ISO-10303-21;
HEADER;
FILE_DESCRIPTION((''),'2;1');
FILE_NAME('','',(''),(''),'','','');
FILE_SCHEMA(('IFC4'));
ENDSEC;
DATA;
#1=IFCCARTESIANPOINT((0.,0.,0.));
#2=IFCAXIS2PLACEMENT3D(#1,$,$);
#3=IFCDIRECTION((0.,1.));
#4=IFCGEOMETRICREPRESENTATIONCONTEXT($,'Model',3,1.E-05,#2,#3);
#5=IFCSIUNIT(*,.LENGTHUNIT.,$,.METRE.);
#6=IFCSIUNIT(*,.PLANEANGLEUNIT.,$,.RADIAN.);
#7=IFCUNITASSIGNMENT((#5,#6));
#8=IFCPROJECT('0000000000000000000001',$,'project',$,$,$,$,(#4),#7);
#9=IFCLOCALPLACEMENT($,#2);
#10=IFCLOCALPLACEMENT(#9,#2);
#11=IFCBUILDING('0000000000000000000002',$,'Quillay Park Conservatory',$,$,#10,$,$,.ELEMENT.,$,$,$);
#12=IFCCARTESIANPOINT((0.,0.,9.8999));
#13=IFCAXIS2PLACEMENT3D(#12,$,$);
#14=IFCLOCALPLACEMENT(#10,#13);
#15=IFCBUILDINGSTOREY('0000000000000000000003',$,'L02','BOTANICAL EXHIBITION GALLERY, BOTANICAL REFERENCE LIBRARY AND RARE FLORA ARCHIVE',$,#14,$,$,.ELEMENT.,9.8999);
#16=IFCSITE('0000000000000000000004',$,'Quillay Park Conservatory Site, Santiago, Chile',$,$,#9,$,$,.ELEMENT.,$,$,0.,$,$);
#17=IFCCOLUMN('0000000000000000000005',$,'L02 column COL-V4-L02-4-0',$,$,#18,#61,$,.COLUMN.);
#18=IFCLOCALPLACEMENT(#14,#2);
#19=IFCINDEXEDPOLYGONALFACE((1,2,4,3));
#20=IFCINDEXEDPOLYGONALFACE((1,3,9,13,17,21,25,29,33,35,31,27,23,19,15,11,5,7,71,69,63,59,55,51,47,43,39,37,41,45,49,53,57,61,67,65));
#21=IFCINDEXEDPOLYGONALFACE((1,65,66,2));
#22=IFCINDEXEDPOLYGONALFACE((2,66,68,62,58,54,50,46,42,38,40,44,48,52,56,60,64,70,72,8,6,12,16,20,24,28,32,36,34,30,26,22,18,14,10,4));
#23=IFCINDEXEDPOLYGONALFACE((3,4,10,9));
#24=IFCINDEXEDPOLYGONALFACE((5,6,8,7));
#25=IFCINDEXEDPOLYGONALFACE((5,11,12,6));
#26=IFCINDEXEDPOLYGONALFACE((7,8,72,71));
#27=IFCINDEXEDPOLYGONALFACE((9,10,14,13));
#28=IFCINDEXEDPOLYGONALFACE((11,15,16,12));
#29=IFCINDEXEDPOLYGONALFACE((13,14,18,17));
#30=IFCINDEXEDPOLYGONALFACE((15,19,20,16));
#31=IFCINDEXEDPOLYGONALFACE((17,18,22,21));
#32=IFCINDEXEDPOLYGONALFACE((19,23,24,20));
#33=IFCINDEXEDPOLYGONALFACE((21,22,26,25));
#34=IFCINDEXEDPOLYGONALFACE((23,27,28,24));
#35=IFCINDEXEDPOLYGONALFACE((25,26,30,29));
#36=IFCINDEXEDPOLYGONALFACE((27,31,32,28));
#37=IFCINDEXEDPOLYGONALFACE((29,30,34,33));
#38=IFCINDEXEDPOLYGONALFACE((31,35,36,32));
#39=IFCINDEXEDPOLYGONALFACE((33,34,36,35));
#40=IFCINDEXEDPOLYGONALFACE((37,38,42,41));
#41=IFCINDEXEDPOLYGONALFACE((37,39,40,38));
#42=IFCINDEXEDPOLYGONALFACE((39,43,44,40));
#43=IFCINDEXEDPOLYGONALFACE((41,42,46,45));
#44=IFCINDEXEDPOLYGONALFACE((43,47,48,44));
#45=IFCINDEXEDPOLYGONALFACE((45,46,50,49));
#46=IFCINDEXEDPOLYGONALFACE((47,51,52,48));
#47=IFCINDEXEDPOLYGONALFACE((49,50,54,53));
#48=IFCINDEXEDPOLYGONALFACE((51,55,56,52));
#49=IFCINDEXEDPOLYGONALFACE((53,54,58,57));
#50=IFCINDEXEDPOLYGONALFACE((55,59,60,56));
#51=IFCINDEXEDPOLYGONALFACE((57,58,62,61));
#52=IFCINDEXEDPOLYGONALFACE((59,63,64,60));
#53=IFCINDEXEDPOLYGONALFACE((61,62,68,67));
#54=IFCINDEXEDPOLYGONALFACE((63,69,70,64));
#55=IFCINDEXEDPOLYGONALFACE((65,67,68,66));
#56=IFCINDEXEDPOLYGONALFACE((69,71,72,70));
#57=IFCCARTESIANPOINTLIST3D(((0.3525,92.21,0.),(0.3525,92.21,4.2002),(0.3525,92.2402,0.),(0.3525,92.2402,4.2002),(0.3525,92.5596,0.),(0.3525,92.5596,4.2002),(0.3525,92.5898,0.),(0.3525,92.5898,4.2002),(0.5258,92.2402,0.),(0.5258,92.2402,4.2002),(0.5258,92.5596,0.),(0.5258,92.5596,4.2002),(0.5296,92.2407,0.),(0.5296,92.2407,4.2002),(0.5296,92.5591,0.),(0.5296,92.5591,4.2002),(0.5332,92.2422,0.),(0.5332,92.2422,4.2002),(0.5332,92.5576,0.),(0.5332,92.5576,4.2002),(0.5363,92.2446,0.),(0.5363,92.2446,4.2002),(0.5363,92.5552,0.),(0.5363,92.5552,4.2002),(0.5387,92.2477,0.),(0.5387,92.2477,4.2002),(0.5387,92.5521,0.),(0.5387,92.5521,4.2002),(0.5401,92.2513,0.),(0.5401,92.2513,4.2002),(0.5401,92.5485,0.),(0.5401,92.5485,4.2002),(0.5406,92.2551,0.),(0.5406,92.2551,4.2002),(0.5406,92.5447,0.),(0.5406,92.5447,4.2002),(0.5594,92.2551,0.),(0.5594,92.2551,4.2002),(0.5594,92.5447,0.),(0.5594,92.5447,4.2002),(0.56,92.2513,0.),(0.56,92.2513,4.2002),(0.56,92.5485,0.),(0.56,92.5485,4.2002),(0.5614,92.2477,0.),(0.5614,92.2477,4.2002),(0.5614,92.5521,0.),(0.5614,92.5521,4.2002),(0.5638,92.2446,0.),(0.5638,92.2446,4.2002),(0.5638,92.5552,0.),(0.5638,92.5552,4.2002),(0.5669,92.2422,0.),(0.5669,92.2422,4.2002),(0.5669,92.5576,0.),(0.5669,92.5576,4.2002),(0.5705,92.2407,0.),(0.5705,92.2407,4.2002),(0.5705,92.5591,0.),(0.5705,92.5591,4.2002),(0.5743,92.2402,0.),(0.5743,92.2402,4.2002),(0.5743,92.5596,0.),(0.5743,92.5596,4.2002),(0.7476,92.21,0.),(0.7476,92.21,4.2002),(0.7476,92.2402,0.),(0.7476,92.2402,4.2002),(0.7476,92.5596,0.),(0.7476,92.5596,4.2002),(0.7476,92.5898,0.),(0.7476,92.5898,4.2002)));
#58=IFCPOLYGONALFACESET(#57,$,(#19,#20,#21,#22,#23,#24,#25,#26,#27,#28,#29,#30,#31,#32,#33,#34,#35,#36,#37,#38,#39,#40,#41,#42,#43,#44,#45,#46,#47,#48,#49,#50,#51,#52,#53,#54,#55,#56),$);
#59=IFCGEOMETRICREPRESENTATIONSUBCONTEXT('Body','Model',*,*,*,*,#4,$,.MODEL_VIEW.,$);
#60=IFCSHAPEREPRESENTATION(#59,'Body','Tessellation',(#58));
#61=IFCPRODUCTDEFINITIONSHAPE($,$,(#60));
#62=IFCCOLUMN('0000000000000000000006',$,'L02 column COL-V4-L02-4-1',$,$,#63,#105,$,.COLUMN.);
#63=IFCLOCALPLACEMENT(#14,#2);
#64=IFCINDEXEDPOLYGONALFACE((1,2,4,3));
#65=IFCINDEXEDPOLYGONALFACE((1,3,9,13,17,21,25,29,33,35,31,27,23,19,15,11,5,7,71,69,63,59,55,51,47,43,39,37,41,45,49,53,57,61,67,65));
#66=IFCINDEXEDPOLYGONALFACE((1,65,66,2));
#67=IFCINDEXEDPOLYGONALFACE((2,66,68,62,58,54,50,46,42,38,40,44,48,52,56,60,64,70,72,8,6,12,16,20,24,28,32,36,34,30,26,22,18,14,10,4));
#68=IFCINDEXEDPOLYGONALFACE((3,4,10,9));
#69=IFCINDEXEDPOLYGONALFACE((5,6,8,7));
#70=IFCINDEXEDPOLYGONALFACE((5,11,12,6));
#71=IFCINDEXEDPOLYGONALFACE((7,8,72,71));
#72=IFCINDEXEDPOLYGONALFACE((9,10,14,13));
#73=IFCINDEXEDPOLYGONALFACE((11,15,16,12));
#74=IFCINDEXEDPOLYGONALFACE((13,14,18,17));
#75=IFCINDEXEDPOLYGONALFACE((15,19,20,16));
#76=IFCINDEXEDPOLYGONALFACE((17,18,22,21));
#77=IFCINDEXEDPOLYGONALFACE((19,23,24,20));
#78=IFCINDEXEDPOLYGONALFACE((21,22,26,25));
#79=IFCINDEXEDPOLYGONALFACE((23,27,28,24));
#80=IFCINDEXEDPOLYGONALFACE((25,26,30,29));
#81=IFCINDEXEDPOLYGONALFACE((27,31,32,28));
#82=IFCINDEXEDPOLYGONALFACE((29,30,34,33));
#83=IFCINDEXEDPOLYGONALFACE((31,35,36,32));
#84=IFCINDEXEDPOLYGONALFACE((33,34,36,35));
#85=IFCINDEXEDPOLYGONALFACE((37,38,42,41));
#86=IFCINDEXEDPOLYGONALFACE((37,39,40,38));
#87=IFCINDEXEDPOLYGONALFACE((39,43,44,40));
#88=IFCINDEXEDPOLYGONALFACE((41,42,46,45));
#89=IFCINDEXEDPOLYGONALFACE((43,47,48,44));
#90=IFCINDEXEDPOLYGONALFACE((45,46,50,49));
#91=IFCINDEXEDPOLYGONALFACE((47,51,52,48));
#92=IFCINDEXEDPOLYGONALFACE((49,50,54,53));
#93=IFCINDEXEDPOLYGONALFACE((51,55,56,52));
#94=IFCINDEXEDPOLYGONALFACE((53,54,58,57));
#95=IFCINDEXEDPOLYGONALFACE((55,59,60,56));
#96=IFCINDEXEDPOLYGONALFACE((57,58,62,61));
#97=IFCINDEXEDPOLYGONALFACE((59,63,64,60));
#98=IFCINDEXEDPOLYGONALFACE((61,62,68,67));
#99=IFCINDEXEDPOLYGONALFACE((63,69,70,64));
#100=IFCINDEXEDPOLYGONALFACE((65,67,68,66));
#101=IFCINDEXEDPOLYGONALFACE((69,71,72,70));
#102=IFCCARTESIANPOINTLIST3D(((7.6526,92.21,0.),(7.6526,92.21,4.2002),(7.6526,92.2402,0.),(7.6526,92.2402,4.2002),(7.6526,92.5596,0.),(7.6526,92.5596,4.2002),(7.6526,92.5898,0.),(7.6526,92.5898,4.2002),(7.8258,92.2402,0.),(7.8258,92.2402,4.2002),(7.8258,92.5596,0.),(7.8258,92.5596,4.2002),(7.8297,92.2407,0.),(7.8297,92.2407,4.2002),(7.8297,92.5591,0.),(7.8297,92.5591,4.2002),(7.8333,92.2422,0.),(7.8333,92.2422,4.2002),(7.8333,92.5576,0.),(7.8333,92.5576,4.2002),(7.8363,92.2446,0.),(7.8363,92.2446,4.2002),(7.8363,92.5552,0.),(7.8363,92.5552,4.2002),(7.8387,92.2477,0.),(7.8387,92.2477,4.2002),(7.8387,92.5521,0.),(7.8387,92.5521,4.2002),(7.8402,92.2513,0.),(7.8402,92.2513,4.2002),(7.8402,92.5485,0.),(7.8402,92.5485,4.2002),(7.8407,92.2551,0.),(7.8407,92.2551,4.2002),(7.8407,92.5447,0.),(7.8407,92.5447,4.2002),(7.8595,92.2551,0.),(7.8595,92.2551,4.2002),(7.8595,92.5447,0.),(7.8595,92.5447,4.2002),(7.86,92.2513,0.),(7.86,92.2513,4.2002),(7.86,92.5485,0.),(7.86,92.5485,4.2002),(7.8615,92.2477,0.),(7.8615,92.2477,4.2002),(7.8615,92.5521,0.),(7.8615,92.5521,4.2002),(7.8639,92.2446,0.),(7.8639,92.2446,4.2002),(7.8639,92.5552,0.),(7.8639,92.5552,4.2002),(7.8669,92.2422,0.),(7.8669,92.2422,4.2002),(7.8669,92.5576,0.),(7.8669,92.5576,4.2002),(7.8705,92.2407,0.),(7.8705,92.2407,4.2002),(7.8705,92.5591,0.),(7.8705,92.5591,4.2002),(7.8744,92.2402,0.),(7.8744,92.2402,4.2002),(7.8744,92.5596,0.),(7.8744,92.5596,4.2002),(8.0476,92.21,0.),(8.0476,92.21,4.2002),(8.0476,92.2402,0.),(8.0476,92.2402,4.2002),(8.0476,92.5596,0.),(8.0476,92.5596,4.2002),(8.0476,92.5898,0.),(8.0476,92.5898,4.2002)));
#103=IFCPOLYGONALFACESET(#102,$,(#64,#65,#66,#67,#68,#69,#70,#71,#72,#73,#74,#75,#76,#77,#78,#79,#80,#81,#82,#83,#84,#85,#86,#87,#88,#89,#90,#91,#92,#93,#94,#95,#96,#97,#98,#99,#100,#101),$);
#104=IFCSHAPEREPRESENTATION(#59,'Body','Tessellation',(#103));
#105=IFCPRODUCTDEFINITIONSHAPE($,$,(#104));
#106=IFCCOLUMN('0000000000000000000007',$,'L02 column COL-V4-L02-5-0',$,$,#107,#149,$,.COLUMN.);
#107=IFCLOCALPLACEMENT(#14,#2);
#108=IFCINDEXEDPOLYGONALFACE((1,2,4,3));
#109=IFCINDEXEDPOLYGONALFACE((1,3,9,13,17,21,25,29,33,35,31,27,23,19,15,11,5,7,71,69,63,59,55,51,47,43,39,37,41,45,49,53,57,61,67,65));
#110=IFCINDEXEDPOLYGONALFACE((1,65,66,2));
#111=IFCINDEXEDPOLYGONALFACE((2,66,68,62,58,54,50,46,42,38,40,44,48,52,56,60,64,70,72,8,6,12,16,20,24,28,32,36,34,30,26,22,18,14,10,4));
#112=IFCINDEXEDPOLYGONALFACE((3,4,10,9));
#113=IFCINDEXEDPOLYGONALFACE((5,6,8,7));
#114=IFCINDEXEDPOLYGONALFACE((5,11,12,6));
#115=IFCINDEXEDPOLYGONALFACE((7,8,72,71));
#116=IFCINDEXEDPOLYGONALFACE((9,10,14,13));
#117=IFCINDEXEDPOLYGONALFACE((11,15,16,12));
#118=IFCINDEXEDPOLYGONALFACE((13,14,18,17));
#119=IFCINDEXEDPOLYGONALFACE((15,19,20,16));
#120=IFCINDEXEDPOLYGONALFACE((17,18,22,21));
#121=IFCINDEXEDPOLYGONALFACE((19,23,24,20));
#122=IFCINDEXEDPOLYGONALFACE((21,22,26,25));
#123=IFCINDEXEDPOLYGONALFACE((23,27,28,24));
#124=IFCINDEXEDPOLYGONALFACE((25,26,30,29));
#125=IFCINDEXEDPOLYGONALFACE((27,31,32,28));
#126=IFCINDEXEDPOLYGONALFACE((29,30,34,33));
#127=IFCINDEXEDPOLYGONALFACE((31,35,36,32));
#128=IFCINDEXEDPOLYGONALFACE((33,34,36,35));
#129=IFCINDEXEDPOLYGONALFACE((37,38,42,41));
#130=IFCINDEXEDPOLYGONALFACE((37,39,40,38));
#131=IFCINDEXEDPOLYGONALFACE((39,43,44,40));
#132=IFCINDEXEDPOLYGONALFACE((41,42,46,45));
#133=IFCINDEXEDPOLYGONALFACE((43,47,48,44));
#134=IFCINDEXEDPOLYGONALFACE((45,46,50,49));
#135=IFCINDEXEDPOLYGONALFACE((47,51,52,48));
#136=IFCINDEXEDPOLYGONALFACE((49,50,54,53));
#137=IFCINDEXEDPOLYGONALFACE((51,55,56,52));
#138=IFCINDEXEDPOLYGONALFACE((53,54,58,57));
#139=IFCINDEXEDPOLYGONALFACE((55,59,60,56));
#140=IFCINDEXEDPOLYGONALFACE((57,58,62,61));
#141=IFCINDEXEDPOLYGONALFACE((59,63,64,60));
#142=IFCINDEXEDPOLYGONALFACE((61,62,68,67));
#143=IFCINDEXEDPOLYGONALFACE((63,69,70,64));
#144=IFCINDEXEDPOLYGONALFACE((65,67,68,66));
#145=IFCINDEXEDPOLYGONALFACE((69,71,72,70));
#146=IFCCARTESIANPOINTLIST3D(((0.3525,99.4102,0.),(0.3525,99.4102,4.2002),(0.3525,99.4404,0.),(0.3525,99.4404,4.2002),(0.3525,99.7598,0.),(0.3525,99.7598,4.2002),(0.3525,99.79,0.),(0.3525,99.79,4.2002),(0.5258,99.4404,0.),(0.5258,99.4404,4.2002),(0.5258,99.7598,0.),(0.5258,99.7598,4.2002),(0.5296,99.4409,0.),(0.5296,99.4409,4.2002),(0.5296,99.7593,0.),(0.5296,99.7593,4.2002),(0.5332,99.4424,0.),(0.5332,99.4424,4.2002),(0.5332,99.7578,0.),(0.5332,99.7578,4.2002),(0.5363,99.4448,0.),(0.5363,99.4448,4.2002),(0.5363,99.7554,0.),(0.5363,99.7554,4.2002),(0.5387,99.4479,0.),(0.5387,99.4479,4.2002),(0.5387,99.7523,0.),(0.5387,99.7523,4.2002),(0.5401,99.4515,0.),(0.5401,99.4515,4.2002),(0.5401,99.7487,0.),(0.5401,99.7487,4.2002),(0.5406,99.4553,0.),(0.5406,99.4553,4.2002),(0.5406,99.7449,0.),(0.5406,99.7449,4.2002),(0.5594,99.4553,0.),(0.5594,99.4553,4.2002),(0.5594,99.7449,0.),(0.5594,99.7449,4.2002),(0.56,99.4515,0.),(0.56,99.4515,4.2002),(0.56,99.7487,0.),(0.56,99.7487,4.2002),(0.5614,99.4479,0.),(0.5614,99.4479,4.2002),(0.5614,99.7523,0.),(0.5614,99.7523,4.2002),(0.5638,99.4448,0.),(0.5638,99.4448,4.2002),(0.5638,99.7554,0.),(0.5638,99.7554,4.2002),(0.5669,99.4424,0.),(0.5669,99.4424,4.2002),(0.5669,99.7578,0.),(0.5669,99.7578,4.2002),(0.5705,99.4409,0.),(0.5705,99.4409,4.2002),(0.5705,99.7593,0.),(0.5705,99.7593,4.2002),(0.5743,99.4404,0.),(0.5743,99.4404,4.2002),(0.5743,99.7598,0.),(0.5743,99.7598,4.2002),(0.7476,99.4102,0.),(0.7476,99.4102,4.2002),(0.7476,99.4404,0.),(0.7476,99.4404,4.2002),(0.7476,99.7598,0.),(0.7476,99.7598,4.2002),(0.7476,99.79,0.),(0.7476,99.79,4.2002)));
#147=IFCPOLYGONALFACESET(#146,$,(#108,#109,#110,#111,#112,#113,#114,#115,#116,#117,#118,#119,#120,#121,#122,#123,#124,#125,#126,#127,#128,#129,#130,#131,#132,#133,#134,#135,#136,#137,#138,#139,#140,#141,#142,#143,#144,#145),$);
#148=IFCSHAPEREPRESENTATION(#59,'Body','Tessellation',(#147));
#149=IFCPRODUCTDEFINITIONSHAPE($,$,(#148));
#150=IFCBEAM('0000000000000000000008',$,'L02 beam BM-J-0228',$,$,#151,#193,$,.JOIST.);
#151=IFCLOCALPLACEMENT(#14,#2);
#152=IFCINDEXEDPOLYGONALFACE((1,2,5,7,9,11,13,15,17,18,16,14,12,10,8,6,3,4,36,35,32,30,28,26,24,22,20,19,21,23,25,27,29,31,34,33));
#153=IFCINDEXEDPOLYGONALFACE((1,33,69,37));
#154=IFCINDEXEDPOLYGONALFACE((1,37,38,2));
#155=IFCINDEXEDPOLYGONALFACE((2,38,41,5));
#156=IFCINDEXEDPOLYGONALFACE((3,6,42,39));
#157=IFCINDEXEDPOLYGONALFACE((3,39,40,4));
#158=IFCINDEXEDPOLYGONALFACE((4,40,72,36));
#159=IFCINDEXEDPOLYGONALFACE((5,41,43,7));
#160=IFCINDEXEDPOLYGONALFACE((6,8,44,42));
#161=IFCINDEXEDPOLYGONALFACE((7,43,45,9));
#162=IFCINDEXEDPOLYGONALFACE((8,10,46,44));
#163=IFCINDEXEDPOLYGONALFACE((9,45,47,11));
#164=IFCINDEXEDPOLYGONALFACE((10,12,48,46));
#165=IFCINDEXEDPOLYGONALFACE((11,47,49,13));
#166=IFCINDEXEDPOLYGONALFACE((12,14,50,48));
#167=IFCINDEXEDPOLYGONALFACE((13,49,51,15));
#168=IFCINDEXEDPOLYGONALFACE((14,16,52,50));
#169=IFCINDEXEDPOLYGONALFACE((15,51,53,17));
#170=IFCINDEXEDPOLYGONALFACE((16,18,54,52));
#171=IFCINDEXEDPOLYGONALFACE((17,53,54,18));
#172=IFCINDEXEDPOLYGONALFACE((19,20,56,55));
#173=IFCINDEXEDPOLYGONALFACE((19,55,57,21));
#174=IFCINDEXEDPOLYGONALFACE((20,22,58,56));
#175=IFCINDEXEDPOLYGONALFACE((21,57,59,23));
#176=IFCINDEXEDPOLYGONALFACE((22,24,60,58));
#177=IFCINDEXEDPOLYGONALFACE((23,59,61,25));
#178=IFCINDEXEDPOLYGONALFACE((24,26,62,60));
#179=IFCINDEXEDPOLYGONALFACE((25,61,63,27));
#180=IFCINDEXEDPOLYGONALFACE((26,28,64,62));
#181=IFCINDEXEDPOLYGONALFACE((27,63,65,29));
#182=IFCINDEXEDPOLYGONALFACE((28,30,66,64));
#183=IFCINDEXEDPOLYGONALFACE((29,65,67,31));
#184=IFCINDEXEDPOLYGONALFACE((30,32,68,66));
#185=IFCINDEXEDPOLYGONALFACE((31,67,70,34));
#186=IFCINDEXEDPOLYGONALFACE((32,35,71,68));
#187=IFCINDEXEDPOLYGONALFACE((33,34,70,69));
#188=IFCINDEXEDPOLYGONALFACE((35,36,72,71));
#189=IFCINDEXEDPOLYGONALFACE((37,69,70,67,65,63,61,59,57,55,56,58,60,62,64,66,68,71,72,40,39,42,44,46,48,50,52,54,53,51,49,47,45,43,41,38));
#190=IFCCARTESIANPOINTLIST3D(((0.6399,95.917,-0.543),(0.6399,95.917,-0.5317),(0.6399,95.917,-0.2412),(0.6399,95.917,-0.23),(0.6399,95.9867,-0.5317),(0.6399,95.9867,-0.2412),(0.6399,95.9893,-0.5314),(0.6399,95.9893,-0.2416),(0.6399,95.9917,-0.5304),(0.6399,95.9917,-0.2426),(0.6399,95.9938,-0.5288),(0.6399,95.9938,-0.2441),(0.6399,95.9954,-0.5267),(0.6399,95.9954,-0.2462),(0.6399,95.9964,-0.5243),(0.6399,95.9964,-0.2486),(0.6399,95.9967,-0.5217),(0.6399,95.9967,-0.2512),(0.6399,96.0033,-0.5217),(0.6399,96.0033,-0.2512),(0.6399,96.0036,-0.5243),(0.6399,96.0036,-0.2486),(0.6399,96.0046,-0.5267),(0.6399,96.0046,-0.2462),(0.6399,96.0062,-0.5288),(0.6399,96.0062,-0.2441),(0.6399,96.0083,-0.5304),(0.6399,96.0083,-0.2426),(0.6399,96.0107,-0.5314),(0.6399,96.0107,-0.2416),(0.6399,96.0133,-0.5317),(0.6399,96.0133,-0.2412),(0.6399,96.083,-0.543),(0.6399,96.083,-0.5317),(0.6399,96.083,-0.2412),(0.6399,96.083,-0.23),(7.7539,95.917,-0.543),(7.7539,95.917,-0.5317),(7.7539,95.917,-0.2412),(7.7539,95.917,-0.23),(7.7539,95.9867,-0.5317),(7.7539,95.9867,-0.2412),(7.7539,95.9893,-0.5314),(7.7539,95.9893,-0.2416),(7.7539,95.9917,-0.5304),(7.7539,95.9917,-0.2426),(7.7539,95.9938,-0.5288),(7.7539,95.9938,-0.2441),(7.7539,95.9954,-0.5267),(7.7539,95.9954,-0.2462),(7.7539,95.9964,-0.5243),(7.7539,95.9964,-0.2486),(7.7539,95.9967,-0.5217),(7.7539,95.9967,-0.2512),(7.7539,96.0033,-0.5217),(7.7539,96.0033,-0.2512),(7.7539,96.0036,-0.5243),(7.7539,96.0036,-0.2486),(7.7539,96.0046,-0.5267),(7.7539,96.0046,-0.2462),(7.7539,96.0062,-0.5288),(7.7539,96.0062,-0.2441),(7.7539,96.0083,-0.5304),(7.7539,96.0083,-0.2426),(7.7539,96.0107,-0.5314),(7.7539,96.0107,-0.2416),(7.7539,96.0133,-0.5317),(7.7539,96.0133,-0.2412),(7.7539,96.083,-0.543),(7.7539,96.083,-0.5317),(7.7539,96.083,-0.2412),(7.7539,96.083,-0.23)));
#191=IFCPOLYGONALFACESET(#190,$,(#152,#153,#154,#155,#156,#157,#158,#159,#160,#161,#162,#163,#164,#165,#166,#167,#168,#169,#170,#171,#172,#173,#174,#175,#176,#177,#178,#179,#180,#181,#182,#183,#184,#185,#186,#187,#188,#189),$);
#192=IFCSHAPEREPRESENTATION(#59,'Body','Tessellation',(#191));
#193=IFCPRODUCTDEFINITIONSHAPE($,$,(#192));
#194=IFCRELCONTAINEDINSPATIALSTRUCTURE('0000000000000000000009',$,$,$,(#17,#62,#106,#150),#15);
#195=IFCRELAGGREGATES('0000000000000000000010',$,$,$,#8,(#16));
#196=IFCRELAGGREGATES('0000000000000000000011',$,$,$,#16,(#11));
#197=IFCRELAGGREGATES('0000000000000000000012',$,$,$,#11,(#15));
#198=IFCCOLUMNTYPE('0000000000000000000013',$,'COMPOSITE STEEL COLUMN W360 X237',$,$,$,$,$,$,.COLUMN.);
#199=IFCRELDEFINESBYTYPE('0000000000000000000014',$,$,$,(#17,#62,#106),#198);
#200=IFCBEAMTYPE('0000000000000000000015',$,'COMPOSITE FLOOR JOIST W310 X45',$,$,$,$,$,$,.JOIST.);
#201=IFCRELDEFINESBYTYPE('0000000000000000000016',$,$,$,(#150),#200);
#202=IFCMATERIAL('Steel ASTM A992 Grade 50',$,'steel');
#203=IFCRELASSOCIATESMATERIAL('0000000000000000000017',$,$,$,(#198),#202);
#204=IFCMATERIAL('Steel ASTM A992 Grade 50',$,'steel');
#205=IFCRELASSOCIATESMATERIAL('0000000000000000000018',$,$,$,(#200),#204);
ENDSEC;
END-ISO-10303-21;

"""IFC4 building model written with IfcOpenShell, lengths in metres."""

from ifc_helpers import new_model, si_unit, direction, frame, origin, origin_2d, place, context, subcontext, project, spatial, i_section, extrude, material, material_profile, profile_set, type_object, element, save


model = new_model("IFC4")

# Units and contexts
model_context = context("Model", 3, precision=1e-05, world=origin(), true_north=direction((0.0, 1.0)))
body_context = subcontext(model_context, "Body", "Model", "MODEL_VIEW")
ifc_project = project(units=[si_unit("LENGTHUNIT", "METRE"), si_unit("PLANEANGLEUNIT", "RADIAN")], contexts=[model_context])

# Site, building, storey
site_placement = place(None, origin())
site = spatial("IfcSite", under=ifc_project, at=site_placement, Name="Quillay Park Conservatory Site, Santiago, Chile", CompositionType="ELEMENT", RefElevation=0.0)
building_placement = place(site_placement, origin())
building = spatial("IfcBuilding", under=site, at=building_placement, Name="Quillay Park Conservatory", CompositionType="ELEMENT")
storey_placement = place(building_placement, frame((0.0, 0.0, 9.8999)))
storey = spatial("IfcBuildingStorey", under=building, at=storey_placement, Name="L02", Description="BOTANICAL EXHIBITION GALLERY, BOTANICAL REFERENCE LIBRARY AND RARE FLORA ARCHIVE", CompositionType="ELEMENT", Elevation=9.8999)

# Columns
ifc_material_1 = material(Name="Steel ASTM A992 Grade 50", Category="steel")
ifc_material_profile_1 = material_profile(ifc_material_1, i_section(OverallWidth=0.395, OverallDepth=0.3799, WebThickness=0.0188, FlangeThickness=0.0303, FilletRadius=0.0149, at=origin_2d()), Name="W360x237")
ifc_profile_set_1 = profile_set([ifc_material_profile_1], Name="Steel ASTM A992 Grade 50")
column_type = type_object("IfcColumnType", Name="COMPOSITE STEEL COLUMN W360 X237", PredefinedType="COLUMN", material=ifc_profile_set_1)
for number, where, z_axis, x_axis, name in (
    (1, (0.55, 92.3999, 0.0), (0.0, 0.0, 1.0), (1.0, 0.0, 0.0), "L02 column COL-V4-L02-4-0"),
    (2, (7.8501, 92.3999, 0.0), (0.0, 0.0, 1.0), (1.0, 0.0, 0.0), "L02 column COL-V4-L02-4-1"),
    (3, (0.55, 99.6001, 0.0), (0.0, 0.0, 1.0), (1.0, 0.0, 0.0), "L02 column COL-V4-L02-5-0"),
):
    element("IfcColumn", number, at=place(storey_placement, frame(where, z_axis=z_axis, x_axis=x_axis)), inside=storey, type_object=column_type, Name=name, PredefinedType="COLUMN", context=body_context, shape_type="SweptSolid", body=[
        extrude(i_section(OverallWidth=0.395, OverallDepth=0.3799, WebThickness=0.0188, FlangeThickness=0.0303, FilletRadius=0.0149, at=origin_2d()), origin(), (0.0, 0.0, 1.0), 4.2002),
    ])

# Beam
ifc_material_2 = material(Name="Steel ASTM A992 Grade 50", Category="steel")
ifc_material_profile_2 = material_profile(ifc_material_2, i_section(OverallWidth=0.166, OverallDepth=0.313, WebThickness=0.0066, FlangeThickness=0.0112, FilletRadius=0.01, at=origin_2d()), Name="W310x45")
ifc_profile_set_2 = profile_set([ifc_material_profile_2], Name="Steel ASTM A992 Grade 50")
beam_type_1 = type_object("IfcBeamType", Name="COMPOSITE FLOOR JOIST W310 X45", PredefinedType="JOIST", material=ifc_profile_set_2)
beam_1_placement = place(storey_placement, frame((0.6399, 96.0, -0.3865), z_axis=(1.0, 0.0, 0.0), x_axis=(0.0, 1.0, 0.0)))
element("IfcBeam", 4, at=beam_1_placement, inside=storey, type_object=beam_type_1, Name="L02 beam BM-J-0228", PredefinedType="JOIST", context=body_context, shape_type="SweptSolid", body=[
    extrude(i_section(OverallWidth=0.166, OverallDepth=0.313, WebThickness=0.0066, FlangeThickness=0.0112, FilletRadius=0.01, at=origin_2d()), origin(), (0.0, 0.0, 1.0), 7.114),
])

save(model, "model.ifc")
